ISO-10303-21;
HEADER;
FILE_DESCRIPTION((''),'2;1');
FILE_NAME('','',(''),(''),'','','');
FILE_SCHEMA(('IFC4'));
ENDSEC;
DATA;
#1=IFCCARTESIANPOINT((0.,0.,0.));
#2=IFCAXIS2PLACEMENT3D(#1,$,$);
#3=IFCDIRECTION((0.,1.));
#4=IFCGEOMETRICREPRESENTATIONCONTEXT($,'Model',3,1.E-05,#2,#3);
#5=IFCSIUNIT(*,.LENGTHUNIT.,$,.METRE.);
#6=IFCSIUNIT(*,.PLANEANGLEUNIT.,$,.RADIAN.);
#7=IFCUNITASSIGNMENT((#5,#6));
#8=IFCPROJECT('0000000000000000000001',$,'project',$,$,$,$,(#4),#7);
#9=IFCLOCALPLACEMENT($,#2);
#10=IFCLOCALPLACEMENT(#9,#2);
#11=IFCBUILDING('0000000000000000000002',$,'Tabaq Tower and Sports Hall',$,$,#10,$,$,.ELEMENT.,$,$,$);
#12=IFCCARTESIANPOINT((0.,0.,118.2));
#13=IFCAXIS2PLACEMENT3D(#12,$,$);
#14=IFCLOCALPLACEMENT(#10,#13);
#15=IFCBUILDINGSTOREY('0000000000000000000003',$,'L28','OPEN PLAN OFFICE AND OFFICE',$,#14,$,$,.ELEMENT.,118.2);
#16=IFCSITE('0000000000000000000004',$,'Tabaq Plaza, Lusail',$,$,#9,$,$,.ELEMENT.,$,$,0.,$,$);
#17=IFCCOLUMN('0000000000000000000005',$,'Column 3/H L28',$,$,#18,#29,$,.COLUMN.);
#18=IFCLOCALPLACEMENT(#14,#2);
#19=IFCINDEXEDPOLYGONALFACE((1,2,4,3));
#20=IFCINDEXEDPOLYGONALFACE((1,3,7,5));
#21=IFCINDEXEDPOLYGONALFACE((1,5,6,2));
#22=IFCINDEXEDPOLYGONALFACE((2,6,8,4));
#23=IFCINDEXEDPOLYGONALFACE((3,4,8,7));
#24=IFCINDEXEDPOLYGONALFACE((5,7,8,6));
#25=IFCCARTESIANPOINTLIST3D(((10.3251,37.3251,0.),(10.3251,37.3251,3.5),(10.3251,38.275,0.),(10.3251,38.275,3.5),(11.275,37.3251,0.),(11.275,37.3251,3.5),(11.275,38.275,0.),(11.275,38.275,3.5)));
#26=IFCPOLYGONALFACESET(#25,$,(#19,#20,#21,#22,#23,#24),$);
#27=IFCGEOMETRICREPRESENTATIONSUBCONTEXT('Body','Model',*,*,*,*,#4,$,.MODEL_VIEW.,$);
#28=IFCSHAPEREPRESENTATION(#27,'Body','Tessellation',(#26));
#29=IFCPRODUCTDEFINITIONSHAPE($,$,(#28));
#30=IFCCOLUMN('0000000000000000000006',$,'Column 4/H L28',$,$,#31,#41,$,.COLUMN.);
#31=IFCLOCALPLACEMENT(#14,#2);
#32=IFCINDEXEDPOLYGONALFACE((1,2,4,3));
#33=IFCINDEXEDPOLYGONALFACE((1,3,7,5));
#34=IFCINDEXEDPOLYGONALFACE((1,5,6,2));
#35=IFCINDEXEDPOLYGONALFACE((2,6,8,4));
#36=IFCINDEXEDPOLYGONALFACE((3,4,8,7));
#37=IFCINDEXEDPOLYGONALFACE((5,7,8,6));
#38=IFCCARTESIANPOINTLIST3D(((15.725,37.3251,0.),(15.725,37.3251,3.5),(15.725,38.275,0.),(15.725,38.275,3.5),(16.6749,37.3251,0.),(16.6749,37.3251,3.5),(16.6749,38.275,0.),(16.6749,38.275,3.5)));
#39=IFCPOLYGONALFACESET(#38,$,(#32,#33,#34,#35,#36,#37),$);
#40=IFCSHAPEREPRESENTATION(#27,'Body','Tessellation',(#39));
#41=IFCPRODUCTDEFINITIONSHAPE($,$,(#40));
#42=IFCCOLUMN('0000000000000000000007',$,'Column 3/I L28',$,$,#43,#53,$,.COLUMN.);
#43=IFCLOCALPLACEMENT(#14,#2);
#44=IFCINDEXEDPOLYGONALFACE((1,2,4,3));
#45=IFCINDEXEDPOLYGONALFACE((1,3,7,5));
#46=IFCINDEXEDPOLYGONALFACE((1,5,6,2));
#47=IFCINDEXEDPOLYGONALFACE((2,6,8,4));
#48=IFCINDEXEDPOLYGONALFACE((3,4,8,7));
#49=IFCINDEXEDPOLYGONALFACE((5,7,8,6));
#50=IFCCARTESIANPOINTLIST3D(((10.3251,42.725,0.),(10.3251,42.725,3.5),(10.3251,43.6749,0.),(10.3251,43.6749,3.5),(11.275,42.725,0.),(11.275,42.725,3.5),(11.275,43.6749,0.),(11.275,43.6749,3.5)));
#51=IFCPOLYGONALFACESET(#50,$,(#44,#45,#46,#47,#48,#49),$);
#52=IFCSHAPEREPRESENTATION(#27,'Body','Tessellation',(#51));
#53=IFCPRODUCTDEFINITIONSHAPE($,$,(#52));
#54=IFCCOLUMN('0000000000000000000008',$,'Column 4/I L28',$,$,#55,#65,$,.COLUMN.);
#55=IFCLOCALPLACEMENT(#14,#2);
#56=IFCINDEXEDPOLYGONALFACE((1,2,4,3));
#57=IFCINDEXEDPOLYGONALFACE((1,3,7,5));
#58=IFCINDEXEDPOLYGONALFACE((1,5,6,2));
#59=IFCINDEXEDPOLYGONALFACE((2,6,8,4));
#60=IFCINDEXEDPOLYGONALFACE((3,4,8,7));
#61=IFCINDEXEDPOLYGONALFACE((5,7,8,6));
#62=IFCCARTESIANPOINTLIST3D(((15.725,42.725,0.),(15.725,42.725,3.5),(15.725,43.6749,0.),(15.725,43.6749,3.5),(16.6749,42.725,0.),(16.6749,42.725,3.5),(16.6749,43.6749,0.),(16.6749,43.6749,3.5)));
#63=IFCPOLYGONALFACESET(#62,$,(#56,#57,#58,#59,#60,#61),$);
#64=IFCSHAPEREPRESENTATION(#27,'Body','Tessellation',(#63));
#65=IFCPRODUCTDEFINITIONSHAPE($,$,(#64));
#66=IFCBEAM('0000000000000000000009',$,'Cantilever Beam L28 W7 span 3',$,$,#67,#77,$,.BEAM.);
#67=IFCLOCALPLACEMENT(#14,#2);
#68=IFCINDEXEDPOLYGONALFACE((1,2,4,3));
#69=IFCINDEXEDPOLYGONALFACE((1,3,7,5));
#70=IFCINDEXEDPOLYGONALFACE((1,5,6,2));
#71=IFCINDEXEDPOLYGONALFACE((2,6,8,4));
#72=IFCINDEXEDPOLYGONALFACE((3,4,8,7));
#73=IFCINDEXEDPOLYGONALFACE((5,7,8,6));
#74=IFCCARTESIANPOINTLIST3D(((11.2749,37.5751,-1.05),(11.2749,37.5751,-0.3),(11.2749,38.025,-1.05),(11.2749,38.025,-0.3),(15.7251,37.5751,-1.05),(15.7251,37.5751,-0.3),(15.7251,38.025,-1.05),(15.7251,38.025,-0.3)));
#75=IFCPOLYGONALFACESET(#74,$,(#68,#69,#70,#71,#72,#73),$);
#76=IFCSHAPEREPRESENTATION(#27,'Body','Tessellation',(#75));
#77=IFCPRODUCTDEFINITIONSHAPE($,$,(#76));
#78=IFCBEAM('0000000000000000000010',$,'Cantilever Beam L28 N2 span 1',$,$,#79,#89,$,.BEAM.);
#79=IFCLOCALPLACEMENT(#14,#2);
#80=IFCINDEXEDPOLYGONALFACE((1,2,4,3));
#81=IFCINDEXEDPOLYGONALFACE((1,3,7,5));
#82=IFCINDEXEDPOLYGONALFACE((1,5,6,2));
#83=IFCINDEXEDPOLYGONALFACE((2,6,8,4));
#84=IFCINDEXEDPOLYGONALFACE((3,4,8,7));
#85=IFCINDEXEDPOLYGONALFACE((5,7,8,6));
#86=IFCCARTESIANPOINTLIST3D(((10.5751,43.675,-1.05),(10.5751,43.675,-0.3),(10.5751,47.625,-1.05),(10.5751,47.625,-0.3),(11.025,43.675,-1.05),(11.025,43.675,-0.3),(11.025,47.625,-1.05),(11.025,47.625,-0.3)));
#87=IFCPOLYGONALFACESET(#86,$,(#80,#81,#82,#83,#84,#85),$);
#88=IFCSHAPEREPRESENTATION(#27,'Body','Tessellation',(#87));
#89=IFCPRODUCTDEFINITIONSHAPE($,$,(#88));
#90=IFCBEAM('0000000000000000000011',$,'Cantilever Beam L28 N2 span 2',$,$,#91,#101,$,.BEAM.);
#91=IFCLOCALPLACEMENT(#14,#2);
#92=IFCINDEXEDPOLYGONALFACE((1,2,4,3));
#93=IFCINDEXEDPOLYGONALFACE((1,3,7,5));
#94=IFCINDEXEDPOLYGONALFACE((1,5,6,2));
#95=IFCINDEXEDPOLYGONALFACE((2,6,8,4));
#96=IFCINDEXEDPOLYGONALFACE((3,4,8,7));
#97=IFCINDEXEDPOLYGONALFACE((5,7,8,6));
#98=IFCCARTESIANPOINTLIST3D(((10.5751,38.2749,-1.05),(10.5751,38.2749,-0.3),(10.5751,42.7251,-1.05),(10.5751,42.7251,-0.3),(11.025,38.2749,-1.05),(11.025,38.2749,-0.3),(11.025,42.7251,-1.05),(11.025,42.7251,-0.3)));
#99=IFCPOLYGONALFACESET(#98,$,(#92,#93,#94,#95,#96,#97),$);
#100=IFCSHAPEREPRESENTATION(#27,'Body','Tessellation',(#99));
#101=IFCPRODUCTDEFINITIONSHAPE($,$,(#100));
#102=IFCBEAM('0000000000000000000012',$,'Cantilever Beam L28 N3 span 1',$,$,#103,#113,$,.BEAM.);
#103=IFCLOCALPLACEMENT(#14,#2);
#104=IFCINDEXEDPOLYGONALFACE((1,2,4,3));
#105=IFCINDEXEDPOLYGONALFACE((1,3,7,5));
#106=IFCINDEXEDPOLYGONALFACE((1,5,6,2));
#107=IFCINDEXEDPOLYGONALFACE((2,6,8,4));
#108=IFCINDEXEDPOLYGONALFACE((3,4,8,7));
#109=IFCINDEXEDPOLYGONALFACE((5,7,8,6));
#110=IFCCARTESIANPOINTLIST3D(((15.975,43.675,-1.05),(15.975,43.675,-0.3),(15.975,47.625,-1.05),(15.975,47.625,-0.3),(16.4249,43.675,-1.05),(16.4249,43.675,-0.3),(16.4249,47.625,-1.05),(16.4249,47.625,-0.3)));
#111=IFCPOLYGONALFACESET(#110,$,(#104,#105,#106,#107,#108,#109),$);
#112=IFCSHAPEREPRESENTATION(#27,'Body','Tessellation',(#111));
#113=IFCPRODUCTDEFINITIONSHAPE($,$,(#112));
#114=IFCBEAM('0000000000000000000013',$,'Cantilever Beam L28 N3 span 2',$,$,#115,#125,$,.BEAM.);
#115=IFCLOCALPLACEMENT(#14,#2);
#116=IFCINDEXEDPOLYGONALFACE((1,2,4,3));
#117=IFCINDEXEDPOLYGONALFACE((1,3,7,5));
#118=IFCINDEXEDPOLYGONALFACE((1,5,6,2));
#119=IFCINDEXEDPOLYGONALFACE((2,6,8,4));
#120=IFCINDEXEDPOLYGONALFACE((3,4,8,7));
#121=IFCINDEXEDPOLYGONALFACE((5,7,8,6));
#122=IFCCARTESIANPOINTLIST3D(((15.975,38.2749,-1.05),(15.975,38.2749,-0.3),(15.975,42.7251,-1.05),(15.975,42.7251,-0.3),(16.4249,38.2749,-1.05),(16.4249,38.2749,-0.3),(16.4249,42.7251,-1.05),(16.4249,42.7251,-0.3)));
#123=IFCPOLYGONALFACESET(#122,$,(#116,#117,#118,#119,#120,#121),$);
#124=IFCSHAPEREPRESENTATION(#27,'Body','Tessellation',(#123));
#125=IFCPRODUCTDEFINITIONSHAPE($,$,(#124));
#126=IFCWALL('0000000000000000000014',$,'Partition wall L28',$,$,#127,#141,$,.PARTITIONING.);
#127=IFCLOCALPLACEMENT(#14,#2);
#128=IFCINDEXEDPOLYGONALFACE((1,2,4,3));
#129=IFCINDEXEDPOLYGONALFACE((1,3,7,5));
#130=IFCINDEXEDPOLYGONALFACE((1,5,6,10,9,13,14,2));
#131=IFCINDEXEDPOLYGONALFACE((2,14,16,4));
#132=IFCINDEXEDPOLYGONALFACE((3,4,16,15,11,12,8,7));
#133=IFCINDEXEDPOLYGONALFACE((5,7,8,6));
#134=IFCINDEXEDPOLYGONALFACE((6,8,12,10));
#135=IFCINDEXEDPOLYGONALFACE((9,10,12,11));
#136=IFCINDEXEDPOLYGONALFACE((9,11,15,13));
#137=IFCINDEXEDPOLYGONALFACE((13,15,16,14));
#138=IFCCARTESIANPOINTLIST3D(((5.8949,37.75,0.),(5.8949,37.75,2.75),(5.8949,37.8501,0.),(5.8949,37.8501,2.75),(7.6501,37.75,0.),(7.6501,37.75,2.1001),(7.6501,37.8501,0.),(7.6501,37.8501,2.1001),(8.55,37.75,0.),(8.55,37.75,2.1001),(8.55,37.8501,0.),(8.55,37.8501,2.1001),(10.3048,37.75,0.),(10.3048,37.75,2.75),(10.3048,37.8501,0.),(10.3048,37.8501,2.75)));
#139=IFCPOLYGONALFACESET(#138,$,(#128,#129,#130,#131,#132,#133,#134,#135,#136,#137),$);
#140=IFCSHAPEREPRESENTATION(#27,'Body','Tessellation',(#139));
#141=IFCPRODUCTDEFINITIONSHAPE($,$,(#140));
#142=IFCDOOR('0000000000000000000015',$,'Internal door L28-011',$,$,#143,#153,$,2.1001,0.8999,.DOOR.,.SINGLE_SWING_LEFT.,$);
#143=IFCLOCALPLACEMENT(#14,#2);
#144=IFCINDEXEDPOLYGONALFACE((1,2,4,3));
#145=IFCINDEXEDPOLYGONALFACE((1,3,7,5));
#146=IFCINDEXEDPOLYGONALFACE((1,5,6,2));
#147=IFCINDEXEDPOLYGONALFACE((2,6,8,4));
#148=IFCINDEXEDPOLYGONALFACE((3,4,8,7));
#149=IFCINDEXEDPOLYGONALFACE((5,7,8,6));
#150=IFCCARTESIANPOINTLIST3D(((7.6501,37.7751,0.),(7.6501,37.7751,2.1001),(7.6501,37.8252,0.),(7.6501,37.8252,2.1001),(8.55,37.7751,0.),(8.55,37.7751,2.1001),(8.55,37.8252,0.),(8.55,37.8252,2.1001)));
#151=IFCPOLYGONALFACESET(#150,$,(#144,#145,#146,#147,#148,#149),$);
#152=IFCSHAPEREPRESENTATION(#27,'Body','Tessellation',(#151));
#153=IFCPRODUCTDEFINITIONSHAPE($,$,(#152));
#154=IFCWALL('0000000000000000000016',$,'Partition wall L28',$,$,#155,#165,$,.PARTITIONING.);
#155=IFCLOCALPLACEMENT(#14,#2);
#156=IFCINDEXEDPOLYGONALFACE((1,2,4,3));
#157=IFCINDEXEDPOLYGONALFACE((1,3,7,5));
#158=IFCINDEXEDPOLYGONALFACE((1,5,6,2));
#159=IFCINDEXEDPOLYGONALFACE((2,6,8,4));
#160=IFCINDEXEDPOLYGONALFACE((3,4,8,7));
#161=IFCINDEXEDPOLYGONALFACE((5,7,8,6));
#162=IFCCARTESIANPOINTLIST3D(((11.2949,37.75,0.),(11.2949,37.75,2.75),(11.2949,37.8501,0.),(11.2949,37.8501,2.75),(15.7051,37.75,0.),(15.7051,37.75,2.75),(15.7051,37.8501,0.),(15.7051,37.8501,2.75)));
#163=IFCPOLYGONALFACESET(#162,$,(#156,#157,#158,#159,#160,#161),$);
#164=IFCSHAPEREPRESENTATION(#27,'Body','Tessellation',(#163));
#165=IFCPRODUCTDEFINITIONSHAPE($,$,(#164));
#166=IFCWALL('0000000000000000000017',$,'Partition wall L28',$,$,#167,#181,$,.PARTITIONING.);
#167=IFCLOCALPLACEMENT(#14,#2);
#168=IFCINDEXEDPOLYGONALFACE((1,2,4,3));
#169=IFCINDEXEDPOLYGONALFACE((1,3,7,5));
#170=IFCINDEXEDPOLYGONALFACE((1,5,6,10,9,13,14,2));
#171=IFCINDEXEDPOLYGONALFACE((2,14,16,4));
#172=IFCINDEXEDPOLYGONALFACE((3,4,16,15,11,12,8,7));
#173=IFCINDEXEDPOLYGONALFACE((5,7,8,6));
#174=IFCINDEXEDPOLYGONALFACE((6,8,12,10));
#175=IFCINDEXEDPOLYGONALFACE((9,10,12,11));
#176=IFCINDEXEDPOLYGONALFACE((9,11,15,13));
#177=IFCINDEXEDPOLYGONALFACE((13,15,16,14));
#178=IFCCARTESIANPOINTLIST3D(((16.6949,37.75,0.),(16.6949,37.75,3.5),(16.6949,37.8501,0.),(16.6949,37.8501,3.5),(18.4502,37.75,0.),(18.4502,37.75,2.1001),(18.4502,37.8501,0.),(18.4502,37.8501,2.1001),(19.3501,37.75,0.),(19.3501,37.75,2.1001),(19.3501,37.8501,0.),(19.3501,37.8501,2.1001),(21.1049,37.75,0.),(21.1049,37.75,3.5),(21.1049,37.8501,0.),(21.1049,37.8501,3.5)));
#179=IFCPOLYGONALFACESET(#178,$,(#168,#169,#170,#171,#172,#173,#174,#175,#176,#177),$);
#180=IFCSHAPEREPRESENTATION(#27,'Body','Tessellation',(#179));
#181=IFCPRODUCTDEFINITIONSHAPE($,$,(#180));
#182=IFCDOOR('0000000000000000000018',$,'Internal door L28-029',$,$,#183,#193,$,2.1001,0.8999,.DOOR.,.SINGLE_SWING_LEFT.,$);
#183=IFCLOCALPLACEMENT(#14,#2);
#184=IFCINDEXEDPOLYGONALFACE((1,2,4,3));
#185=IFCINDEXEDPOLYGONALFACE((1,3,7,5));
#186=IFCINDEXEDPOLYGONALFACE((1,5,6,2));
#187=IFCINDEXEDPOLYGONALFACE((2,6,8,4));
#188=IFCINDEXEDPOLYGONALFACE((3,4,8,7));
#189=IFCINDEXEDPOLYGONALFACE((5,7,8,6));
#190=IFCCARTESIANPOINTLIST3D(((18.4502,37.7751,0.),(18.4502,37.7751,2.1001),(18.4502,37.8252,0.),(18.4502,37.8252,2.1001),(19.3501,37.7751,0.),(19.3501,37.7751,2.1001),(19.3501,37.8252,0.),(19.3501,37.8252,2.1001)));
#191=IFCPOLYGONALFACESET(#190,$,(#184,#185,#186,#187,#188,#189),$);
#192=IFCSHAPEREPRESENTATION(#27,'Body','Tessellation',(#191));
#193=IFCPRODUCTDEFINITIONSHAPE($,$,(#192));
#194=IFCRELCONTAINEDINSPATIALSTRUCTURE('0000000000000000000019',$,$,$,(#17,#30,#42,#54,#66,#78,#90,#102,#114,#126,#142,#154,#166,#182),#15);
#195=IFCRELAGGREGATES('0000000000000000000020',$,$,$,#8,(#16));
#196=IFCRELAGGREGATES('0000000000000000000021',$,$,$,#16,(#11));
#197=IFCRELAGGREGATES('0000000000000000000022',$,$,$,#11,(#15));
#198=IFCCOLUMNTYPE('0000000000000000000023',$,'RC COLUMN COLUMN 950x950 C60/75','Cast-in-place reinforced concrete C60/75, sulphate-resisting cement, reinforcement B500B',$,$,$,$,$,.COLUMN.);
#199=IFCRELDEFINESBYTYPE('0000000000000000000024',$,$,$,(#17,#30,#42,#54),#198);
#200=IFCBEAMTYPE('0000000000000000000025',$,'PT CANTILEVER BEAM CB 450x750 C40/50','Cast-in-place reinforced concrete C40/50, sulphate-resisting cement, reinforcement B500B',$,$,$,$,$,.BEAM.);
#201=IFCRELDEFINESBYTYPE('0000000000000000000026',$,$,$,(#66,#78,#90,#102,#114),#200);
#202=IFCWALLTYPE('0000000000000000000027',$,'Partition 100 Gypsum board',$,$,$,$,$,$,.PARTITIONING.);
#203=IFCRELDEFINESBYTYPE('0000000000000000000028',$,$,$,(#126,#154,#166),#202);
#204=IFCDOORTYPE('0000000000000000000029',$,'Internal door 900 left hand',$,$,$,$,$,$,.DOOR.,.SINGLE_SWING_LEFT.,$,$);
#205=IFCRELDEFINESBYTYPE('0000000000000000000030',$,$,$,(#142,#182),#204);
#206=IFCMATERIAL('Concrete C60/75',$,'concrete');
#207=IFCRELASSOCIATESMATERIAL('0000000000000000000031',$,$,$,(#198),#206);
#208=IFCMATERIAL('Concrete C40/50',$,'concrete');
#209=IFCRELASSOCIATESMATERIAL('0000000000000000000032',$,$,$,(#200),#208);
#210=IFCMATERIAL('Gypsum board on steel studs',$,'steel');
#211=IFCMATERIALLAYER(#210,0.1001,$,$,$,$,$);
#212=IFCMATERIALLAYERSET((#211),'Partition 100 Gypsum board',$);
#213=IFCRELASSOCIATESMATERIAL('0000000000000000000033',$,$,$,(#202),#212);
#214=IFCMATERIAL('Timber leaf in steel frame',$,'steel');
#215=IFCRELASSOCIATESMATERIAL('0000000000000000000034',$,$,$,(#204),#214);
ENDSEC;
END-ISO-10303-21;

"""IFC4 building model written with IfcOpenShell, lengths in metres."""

from ifc_helpers import new_model, si_unit, direction, frame, frame_2d, origin, origin_2d, place, context, subcontext, project, spatial, rectangle, extrude, material, layer, layer_set, material_profile, profile_set, type_object, element, fill, save


model = new_model("IFC4")

# Units and contexts
model_context = context("Model", 3, precision=1e-05, world=origin(), true_north=direction((0.0, 1.0)))
body_context = subcontext(model_context, "Body", "Model", "MODEL_VIEW")
ifc_project = project(units=[si_unit("LENGTHUNIT", "METRE"), si_unit("PLANEANGLEUNIT", "RADIAN")], contexts=[model_context])

# Site, building, storey
site_placement = place(None, origin())
site = spatial("IfcSite", under=ifc_project, at=site_placement, Name="Tabaq Plaza, Lusail", CompositionType="ELEMENT", RefElevation=0.0)
building_placement = place(site_placement, origin())
building = spatial("IfcBuilding", under=site, at=building_placement, Name="Tabaq Tower and Sports Hall", CompositionType="ELEMENT")
storey_placement = place(building_placement, frame((0.0, 0.0, 118.2)))
storey = spatial("IfcBuildingStorey", under=building, at=storey_placement, Name="L28", Description="OPEN PLAN OFFICE AND OFFICE", CompositionType="ELEMENT", Elevation=118.2)

# Columns
ifc_material_1 = material(Name="Concrete C60/75", Category="concrete")
ifc_material_profile_1 = material_profile(ifc_material_1, rectangle(XDim=0.95, YDim=0.95, at=origin_2d()), Name="COLUMN 950x950")
ifc_profile_set_1 = profile_set([ifc_material_profile_1], Name="Concrete C60/75")
column_type = type_object("IfcColumnType", Name="RC COLUMN COLUMN 950x950 C60/75", Description="Cast-in-place reinforced concrete C60/75, sulphate-resisting cement, reinforcement B500B", PredefinedType="COLUMN", material=ifc_profile_set_1)
for number, where, z_axis, x_axis, name in (
    (1, (10.8, 37.8, 0.0), (0.0, 0.0, 1.0), (1.0, 0.0, 0.0), "Column 3/H L28"),
    (2, (16.2, 37.8, 0.0), (0.0, 0.0, 1.0), (1.0, 0.0, 0.0), "Column 4/H L28"),
    (3, (10.8, 43.2, 0.0), (0.0, 0.0, 1.0), (1.0, 0.0, 0.0), "Column 3/I L28"),
    (4, (16.2, 43.2, 0.0), (0.0, 0.0, 1.0), (1.0, 0.0, 0.0), "Column 4/I L28"),
):
    element("IfcColumn", number, at=place(storey_placement, frame(where, z_axis=z_axis, x_axis=x_axis)), inside=storey, type_object=column_type, Name=name, PredefinedType="COLUMN", context=body_context, shape_type="SweptSolid", body=[
        extrude(rectangle(XDim=0.95, YDim=0.95, at=origin_2d()), origin(), (0.0, 0.0, 1.0), 3.5),
    ])

# Beams
ifc_material_2 = material(Name="Concrete C40/50", Category="concrete")
ifc_material_profile_2 = material_profile(ifc_material_2, rectangle(XDim=0.45, YDim=0.75, at=origin_2d()), Name="CB 450x750")
ifc_profile_set_2 = profile_set([ifc_material_profile_2], Name="Concrete C40/50")
beam_type = type_object("IfcBeamType", Name="PT CANTILEVER BEAM CB 450x750 C40/50", Description="Cast-in-place reinforced concrete C40/50, sulphate-resisting cement, reinforcement B500B", PredefinedType="BEAM", material=ifc_profile_set_2)
beam_1_placement = place(storey_placement, frame((11.2749, 37.8, -0.675), z_axis=(1.0, 0.0, 0.0), x_axis=(0.0, 1.0, 0.0)))
element("IfcBeam", 5, at=beam_1_placement, inside=storey, type_object=beam_type, Name="Cantilever Beam L28 W7 span 3", PredefinedType="BEAM", context=body_context, shape_type="SweptSolid", body=[
    extrude(rectangle(XDim=0.45, YDim=0.75, at=origin_2d()), origin(), (0.0, 0.0, 1.0), 4.4502),
])
beam_2_placement = place(storey_placement, frame((10.8, 47.625, -0.675), z_axis=(0.0, -1.0, 0.0), x_axis=(1.0, 0.0, 0.0)))
element("IfcBeam", 6, at=beam_2_placement, inside=storey, type_object=beam_type, Name="Cantilever Beam L28 N2 span 1", PredefinedType="BEAM", context=body_context, shape_type="SweptSolid", body=[
    extrude(rectangle(XDim=0.45, YDim=0.75, at=origin_2d()), origin(), (0.0, 0.0, 1.0), 3.95),
])
beam_3_placement = place(storey_placement, frame((10.8, 42.7251, -0.675), z_axis=(0.0, -1.0, 0.0), x_axis=(1.0, 0.0, 0.0)))
element("IfcBeam", 7, at=beam_3_placement, inside=storey, type_object=beam_type, Name="Cantilever Beam L28 N2 span 2", PredefinedType="BEAM", context=body_context, shape_type="SweptSolid", body=[
    extrude(rectangle(XDim=0.45, YDim=0.75, at=origin_2d()), origin(), (0.0, 0.0, 1.0), 4.4502),
])
beam_4_placement = place(storey_placement, frame((16.2, 47.625, -0.675), z_axis=(0.0, -1.0, 0.0), x_axis=(1.0, 0.0, 0.0)))
element("IfcBeam", 8, at=beam_4_placement, inside=storey, type_object=beam_type, Name="Cantilever Beam L28 N3 span 1", PredefinedType="BEAM", context=body_context, shape_type="SweptSolid", body=[
    extrude(rectangle(XDim=0.45, YDim=0.75, at=origin_2d()), origin(), (0.0, 0.0, 1.0), 3.95),
])
beam_5_placement = place(storey_placement, frame((16.2, 42.7251, -0.675), z_axis=(0.0, -1.0, 0.0), x_axis=(1.0, 0.0, 0.0)))
element("IfcBeam", 9, at=beam_5_placement, inside=storey, type_object=beam_type, Name="Cantilever Beam L28 N3 span 2", PredefinedType="BEAM", context=body_context, shape_type="SweptSolid", body=[
    extrude(rectangle(XDim=0.45, YDim=0.75, at=origin_2d()), origin(), (0.0, 0.0, 1.0), 4.4502),
])

# Wall, opening, door
ifc_material_3 = material(Name="Gypsum board on steel studs", Category="steel")
ifc_layer_1 = layer(ifc_material_3, 0.1001)
ifc_layer_set_1 = layer_set([ifc_layer_1], Name="Partition 100 Gypsum board")
wall_type_1 = type_object("IfcWallType", Name="Partition 100 Gypsum board", PredefinedType="PARTITIONING", material=ifc_layer_set_1)
wall_1_placement = place(storey_placement, frame((10.3049, 37.8, 0.0), z_axis=(0.0, 0.0, 1.0), x_axis=(-1.0, 0.0, 0.0)))
wall_1 = element("IfcWall", 10, at=wall_1_placement, inside=storey, type_object=wall_type_1, Name="Partition wall L28", PredefinedType="PARTITIONING", context=body_context, shape_type="SweptSolid", body=[
    extrude(rectangle(XDim=4.4099, YDim=0.1001, at=frame_2d((2.2051, 0.0))), origin(), (0.0, 0.0, 1.0), 2.75),
])
opening_1_placement = place(wall_1_placement, frame((1.7549, 0.0, 0.0)))
opening_1 = element("IfcOpeningElement", 11, at=opening_1_placement, cuts=wall_1, PredefinedType="OPENING", context=body_context, shape_type="SweptSolid", body=[
    extrude(rectangle(XDim=0.8999, YDim=2.1001, at=frame_2d((0.45, 1.05))), frame((0.0, 0.05, 0.0), z_axis=(0.0, -1.0, 0.0), x_axis=(1.0, 0.0, 0.0)), (0.0, 0.0, 1.0), 0.1001),
])
ifc_material_4 = material(Name="Timber leaf in steel frame", Category="steel")
door_type_1 = type_object("IfcDoorType", Name="Internal door 900 left hand", OperationType="SINGLE_SWING_LEFT", PredefinedType="DOOR", material=ifc_material_4)
door_1_placement = place(opening_1_placement, origin())
door_1 = element("IfcDoor", 12, at=door_1_placement, inside=storey, type_object=door_type_1, Name="Internal door L28-011", OperationType="SINGLE_SWING_LEFT", OverallHeight=2.1001, OverallWidth=0.8999, PredefinedType="DOOR", context=body_context, shape_type="SweptSolid", body=[
    extrude(rectangle(XDim=0.8999, YDim=2.1001, at=frame_2d((0.45, 1.05))), frame((0.0, 0.0249, 0.0), z_axis=(0.0, -1.0, 0.0), x_axis=(1.0, 0.0, 0.0)), (0.0, 0.0, 1.0), 0.05),
])
fill(opening_1, door_1)

# Wall
wall_2_placement = place(storey_placement, frame((15.7051, 37.8, 0.0), z_axis=(0.0, 0.0, 1.0), x_axis=(-1.0, 0.0, 0.0)))
element("IfcWall", 13, at=wall_2_placement, inside=storey, type_object=wall_type_1, Name="Partition wall L28", PredefinedType="PARTITIONING", context=body_context, shape_type="SweptSolid", body=[
    extrude(rectangle(XDim=4.4102, YDim=0.1001, at=frame_2d((2.2051, 0.0))), origin(), (0.0, 0.0, 1.0), 2.75),
])

# Wall, opening, door
wall_3_placement = place(storey_placement, frame((21.105, 37.8, 0.0), z_axis=(0.0, 0.0, 1.0), x_axis=(-1.0, 0.0, 0.0)))
wall_3 = element("IfcWall", 14, at=wall_3_placement, inside=storey, type_object=wall_type_1, Name="Partition wall L28", PredefinedType="PARTITIONING", context=body_context, shape_type="SweptSolid", body=[
    extrude(rectangle(XDim=4.4099, YDim=0.1001, at=frame_2d((2.2051, 0.0))), origin(), (0.0, 0.0, 1.0), 3.5),
])
opening_2_placement = place(wall_3_placement, frame((1.7549, 0.0, 0.0)))
opening_2 = element("IfcOpeningElement", 15, at=opening_2_placement, cuts=wall_3, PredefinedType="OPENING", context=body_context, shape_type="SweptSolid", body=[
    extrude(rectangle(XDim=0.8999, YDim=2.1001, at=frame_2d((0.45, 1.05))), frame((0.0, 0.05, 0.0), z_axis=(0.0, -1.0, 0.0), x_axis=(1.0, 0.0, 0.0)), (0.0, 0.0, 1.0), 0.1001),
])
door_2_placement = place(opening_2_placement, origin())
door_2 = element("IfcDoor", 16, at=door_2_placement, inside=storey, type_object=door_type_1, Name="Internal door L28-029", OperationType="SINGLE_SWING_LEFT", OverallHeight=2.1001, OverallWidth=0.8999, PredefinedType="DOOR", context=body_context, shape_type="SweptSolid", body=[
    extrude(rectangle(XDim=0.8999, YDim=2.1001, at=frame_2d((0.45, 1.05))), frame((0.0, 0.0249, 0.0), z_axis=(0.0, -1.0, 0.0), x_axis=(1.0, 0.0, 0.0)), (0.0, 0.0, 1.0), 0.05),
])
fill(opening_2, door_2)

save(model, "model.ifc")
